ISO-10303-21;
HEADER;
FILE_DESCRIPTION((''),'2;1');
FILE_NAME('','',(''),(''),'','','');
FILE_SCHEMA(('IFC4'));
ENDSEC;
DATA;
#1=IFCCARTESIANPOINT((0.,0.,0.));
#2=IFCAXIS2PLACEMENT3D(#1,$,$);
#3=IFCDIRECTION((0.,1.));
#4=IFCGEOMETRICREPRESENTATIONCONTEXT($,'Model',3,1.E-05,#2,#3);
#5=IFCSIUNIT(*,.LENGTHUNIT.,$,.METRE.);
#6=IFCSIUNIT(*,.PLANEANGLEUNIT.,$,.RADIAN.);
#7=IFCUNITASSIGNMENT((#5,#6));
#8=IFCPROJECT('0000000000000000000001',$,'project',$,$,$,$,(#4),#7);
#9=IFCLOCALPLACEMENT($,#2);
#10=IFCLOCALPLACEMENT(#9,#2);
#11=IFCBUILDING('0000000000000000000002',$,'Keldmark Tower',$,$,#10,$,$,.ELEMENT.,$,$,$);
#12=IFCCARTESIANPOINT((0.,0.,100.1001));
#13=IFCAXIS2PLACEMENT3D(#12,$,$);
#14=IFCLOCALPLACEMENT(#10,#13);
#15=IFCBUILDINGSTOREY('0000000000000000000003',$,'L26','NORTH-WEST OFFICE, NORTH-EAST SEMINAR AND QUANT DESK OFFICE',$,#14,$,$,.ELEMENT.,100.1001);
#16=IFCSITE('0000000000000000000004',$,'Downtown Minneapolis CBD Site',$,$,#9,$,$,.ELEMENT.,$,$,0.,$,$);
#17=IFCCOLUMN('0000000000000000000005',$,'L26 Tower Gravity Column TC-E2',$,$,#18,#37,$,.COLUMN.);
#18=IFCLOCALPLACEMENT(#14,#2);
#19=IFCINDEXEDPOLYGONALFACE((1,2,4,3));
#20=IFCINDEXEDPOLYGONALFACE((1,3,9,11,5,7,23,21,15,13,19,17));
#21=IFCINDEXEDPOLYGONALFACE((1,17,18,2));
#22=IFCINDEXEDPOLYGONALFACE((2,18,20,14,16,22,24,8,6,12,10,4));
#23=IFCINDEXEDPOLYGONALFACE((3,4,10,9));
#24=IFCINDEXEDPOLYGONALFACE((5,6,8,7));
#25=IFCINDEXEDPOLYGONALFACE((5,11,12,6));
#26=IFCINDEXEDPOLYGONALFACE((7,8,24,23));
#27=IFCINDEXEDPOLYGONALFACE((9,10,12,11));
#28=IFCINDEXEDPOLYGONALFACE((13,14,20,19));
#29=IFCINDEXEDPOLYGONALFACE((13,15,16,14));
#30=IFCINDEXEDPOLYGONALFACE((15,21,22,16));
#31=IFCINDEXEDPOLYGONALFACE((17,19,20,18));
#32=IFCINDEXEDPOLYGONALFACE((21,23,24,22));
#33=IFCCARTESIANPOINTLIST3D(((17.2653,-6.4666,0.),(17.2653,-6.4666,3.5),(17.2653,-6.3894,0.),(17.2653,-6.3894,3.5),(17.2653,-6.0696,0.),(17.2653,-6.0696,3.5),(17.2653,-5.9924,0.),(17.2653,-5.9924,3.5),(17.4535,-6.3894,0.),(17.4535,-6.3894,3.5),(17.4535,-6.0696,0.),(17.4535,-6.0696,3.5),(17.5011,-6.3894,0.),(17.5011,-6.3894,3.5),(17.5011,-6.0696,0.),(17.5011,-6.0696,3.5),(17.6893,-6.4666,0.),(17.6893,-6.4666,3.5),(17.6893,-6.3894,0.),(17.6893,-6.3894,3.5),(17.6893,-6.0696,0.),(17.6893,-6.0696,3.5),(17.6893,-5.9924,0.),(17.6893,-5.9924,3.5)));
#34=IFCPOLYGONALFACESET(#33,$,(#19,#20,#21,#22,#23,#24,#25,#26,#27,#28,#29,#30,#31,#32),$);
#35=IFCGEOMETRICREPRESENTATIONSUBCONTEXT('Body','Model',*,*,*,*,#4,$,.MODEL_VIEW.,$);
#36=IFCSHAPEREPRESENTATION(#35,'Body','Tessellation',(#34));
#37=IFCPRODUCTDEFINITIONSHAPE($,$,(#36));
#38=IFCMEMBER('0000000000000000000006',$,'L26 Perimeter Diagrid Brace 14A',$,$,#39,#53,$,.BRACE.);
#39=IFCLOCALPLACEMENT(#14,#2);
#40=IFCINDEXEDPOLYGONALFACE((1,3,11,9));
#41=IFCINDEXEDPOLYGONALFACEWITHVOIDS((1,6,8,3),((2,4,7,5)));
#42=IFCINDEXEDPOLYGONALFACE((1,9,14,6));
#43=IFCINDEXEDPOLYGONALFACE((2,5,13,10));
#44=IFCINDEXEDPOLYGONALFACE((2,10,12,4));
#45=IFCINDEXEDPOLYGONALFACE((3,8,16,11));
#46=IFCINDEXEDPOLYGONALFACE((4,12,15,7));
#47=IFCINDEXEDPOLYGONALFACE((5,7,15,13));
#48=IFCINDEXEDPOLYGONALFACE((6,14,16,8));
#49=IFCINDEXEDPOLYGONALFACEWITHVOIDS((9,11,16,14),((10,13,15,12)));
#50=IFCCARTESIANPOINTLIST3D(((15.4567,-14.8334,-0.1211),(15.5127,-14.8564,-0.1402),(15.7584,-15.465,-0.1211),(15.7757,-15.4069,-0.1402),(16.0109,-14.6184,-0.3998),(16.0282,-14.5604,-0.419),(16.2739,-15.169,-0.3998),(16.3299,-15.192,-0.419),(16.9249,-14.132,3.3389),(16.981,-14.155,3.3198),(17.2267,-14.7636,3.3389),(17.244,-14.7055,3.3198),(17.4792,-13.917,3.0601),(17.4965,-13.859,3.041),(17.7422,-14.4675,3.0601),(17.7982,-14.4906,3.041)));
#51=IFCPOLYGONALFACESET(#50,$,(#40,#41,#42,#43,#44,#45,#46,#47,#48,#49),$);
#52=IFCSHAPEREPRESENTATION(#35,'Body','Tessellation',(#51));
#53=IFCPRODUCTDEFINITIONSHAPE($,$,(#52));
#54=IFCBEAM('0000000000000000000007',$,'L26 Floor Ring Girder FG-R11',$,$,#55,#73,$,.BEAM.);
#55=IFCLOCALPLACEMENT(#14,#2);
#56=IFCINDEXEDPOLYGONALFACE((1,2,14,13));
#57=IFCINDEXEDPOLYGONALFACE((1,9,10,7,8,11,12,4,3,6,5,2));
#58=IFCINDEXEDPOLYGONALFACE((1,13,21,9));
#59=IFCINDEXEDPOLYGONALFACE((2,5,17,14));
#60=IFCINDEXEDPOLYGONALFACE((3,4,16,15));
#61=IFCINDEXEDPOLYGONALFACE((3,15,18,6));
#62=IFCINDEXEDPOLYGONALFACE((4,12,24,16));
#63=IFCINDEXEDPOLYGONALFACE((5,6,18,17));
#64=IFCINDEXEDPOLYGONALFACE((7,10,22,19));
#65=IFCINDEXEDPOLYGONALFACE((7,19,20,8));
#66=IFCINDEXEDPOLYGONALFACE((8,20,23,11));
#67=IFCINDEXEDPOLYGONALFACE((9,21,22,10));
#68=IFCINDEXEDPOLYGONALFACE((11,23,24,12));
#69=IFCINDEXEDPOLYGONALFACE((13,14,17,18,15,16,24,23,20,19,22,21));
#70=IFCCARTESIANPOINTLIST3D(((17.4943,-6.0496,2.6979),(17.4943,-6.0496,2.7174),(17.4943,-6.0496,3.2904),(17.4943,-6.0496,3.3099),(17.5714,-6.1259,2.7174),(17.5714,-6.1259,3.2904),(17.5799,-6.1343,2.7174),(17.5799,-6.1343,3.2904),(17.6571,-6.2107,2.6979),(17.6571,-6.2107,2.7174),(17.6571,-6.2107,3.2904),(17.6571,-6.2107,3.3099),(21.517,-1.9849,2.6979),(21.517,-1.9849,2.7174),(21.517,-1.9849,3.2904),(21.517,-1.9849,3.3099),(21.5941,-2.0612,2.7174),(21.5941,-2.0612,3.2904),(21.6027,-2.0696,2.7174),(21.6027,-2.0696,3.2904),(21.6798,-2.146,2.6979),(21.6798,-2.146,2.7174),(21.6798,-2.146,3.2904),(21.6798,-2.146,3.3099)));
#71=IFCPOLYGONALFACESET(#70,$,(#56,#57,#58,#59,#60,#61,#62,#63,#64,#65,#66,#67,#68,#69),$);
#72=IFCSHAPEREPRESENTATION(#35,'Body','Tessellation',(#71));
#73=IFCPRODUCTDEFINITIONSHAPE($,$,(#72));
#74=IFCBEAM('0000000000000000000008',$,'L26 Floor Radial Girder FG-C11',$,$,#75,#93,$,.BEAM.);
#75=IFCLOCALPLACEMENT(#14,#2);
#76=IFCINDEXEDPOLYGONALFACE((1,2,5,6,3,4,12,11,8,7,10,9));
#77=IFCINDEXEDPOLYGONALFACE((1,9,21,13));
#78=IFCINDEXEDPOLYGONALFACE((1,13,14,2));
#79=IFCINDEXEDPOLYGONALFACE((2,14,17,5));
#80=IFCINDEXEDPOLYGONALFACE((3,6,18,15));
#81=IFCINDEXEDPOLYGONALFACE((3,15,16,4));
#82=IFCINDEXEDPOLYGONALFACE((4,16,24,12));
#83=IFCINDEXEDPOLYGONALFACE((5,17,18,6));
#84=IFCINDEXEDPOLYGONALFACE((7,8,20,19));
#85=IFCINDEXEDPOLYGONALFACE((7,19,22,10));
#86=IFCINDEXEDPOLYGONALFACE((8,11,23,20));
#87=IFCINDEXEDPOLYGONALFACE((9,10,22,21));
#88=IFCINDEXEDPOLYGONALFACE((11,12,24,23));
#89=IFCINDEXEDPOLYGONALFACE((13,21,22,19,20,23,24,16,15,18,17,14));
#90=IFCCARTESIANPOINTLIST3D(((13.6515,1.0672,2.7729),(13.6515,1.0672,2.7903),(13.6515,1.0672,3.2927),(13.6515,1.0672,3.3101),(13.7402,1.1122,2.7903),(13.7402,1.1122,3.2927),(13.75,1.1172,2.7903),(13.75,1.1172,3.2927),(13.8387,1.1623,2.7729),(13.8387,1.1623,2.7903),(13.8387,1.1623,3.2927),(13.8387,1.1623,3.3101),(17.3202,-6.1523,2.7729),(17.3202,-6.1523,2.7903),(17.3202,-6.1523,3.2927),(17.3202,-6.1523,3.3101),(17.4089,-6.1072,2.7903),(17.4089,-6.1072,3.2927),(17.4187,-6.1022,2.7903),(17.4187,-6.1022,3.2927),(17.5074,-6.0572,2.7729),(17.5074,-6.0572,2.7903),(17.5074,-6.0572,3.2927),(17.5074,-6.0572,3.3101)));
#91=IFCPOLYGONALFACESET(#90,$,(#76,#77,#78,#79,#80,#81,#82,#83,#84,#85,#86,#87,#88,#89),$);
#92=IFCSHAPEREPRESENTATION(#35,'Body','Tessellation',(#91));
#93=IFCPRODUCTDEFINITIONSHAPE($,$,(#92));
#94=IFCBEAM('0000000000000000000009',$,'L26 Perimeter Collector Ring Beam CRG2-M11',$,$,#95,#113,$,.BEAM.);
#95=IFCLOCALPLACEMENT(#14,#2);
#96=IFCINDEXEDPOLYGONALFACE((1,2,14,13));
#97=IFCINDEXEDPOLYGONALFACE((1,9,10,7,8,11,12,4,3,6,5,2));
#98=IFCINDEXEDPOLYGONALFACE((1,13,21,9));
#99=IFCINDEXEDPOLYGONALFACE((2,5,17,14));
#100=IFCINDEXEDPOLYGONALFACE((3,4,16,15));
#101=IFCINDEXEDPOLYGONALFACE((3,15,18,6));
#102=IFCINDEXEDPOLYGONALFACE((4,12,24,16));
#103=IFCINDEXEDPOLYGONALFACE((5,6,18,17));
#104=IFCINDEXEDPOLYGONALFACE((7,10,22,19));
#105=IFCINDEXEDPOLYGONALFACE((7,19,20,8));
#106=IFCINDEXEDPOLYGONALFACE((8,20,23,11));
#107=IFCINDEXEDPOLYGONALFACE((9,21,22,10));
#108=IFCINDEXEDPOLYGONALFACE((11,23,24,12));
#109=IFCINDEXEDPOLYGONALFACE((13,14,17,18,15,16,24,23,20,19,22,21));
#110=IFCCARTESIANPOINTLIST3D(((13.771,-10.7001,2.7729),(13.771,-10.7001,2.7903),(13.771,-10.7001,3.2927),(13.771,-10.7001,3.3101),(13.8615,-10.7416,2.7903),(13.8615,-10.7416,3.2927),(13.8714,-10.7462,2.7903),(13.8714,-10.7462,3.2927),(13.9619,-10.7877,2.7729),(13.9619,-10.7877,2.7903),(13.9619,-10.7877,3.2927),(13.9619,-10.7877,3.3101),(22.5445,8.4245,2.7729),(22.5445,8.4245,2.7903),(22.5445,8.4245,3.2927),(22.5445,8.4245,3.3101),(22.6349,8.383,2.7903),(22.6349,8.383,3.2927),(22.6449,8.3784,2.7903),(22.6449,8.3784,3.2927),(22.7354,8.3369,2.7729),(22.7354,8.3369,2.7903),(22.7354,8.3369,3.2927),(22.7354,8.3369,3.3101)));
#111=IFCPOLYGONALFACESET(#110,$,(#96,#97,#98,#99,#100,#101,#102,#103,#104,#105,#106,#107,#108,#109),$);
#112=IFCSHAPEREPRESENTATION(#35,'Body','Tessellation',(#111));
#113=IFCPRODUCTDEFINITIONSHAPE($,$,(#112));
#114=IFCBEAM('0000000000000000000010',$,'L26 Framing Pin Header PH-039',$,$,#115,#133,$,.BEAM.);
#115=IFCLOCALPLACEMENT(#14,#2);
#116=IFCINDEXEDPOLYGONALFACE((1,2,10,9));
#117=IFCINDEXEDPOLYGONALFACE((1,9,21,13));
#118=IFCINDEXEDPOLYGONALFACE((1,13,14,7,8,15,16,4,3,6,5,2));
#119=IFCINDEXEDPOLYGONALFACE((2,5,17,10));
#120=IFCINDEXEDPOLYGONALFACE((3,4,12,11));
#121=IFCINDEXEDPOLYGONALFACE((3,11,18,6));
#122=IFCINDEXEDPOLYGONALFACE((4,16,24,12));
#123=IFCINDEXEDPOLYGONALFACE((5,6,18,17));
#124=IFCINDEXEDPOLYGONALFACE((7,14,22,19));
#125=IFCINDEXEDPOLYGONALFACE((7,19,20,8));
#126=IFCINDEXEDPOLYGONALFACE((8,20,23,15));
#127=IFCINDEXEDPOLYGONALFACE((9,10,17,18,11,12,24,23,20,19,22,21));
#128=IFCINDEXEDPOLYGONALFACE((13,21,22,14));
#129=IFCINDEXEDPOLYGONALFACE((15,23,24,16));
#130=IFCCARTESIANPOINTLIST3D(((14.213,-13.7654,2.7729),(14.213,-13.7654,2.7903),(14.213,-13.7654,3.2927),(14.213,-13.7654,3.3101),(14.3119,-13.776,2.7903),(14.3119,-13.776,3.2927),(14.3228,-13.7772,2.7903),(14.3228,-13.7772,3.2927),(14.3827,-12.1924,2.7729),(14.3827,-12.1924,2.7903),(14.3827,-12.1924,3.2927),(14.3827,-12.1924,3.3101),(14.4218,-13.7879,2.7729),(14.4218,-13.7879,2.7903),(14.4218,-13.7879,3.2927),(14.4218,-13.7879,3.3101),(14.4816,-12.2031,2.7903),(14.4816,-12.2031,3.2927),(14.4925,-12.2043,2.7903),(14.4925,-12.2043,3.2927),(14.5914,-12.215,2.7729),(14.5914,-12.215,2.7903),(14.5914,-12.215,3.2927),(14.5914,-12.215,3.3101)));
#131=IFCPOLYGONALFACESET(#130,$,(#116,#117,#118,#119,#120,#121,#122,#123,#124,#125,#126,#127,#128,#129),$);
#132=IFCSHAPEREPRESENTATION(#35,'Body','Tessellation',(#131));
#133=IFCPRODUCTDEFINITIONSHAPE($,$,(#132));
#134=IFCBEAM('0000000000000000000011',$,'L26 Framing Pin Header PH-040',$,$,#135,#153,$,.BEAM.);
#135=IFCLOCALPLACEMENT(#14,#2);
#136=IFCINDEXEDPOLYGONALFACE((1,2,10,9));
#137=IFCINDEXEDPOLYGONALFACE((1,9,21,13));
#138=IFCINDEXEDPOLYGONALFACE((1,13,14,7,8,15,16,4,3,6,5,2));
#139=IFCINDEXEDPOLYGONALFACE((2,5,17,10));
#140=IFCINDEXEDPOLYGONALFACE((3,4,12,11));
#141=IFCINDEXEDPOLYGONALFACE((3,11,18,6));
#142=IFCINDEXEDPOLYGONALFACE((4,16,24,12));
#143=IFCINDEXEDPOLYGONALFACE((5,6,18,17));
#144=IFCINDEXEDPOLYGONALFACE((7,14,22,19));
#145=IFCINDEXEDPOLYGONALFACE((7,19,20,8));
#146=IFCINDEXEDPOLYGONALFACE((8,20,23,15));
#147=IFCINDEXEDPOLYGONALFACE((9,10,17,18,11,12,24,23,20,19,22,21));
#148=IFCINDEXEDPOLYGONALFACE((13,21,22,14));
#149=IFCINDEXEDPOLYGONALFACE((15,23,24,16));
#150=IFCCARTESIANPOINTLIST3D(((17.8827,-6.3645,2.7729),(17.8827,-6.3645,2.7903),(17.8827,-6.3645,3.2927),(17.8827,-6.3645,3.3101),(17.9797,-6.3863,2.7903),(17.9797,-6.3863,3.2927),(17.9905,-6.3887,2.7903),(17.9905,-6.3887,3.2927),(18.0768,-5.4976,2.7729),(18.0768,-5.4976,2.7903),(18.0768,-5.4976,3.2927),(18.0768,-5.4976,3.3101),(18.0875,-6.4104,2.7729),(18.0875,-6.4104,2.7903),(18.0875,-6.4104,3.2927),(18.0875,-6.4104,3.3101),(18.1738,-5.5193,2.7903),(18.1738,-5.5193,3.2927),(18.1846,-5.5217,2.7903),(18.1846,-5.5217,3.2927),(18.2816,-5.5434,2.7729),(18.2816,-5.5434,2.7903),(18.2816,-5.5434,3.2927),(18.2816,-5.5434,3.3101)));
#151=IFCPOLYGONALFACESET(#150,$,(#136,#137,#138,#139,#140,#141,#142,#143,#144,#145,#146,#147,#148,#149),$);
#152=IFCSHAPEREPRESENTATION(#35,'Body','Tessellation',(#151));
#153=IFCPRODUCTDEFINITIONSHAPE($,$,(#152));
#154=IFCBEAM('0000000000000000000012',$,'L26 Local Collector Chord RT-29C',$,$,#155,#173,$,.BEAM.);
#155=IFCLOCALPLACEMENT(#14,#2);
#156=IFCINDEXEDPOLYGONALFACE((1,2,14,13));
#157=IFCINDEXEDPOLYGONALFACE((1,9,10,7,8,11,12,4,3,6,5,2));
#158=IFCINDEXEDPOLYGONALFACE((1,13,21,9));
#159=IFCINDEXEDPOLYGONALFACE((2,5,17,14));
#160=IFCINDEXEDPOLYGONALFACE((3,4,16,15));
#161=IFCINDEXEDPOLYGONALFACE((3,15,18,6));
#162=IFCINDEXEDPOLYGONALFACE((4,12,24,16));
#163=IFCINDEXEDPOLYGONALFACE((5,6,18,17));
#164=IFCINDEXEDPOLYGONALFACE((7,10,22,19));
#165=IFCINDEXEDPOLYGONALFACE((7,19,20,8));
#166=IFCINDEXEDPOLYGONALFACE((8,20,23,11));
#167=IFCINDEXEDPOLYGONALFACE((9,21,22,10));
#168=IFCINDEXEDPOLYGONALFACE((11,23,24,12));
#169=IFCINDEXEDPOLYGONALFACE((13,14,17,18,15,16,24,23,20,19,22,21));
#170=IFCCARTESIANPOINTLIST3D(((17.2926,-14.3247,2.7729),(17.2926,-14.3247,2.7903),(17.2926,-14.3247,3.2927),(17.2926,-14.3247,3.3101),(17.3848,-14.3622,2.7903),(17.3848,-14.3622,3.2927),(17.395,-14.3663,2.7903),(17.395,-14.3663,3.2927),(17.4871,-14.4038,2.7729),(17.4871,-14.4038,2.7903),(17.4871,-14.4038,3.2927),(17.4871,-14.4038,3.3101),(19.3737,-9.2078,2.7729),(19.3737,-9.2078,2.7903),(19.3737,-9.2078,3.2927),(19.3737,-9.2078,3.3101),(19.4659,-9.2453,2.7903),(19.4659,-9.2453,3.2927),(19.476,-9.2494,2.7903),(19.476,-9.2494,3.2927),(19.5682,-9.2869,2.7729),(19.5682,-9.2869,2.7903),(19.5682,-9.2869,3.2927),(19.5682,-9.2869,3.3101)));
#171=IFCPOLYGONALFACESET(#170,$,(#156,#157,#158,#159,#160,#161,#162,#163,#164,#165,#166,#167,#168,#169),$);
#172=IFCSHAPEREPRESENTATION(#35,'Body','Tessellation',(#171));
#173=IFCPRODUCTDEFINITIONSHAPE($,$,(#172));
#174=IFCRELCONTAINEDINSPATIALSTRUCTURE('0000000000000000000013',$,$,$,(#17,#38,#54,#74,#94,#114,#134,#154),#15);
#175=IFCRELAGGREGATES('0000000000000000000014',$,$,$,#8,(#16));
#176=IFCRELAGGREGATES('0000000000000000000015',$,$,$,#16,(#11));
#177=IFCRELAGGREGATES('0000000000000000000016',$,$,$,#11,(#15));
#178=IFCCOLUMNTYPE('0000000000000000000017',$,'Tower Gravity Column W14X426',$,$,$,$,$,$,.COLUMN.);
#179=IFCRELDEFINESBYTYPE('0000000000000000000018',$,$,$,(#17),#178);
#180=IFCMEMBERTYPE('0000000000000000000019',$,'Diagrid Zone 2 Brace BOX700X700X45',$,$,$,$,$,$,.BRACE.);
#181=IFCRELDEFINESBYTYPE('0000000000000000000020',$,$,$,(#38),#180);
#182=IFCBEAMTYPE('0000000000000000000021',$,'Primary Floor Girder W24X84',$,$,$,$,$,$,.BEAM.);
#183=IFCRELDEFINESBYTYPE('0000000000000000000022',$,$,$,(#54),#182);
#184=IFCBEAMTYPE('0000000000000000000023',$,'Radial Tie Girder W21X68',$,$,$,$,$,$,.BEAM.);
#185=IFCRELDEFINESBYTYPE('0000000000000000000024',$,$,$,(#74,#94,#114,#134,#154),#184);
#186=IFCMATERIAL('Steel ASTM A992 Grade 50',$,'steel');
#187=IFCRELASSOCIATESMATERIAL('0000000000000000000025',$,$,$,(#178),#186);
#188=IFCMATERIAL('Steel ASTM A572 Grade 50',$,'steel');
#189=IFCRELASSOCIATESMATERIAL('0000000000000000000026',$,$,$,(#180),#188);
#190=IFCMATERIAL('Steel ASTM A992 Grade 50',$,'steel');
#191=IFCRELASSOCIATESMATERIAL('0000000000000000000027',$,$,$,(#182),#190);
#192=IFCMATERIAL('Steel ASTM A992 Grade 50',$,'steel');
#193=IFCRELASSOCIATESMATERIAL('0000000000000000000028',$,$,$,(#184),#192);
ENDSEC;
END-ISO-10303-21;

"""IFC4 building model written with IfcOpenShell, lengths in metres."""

from ifc_helpers import new_model, si_unit, direction, frame, origin, origin_2d, place, context, subcontext, project, spatial, hollow_rectangle, i_section, extrude, material, material_profile, profile_set, type_object, element, save


model = new_model("IFC4")

# Units and contexts
model_context = context("Model", 3, precision=1e-05, world=origin(), true_north=direction((0.0, 1.0)))
body_context = subcontext(model_context, "Body", "Model", "MODEL_VIEW")
ifc_project = project(units=[si_unit("LENGTHUNIT", "METRE"), si_unit("PLANEANGLEUNIT", "RADIAN")], contexts=[model_context])

# Site, building, storey
site_placement = place(None, origin())
site = spatial("IfcSite", under=ifc_project, at=site_placement, Name="Downtown Minneapolis CBD Site", CompositionType="ELEMENT", RefElevation=0.0)
building_placement = place(site_placement, origin())
building = spatial("IfcBuilding", under=site, at=building_placement, Name="Keldmark Tower", CompositionType="ELEMENT")
storey_placement = place(building_placement, frame((0.0, 0.0, 100.1001)))
storey = spatial("IfcBuildingStorey", under=building, at=storey_placement, Name="L26", Description="NORTH-WEST OFFICE, NORTH-EAST SEMINAR AND QUANT DESK OFFICE", CompositionType="ELEMENT", Elevation=100.1001)

# Column
ifc_material_1 = material(Name="Steel ASTM A992 Grade 50", Category="steel")
ifc_material_profile_1 = material_profile(ifc_material_1, i_section(OverallWidth=0.4241, OverallDepth=0.4741, WebThickness=0.0476, FlangeThickness=0.0771, at=origin_2d()), Name="W14X426")
ifc_profile_set_1 = profile_set([ifc_material_profile_1], Name="Steel ASTM A992 Grade 50")
column_type = type_object("IfcColumnType", Name="Tower Gravity Column W14X426", PredefinedType="COLUMN", material=ifc_profile_set_1)
column_placement = place(storey_placement, frame((17.4773, -6.2295, 0.0), z_axis=(0.0, 0.0, 1.0), x_axis=(1.0, 0.0, 0.0)))
element("IfcColumn", 1, at=column_placement, inside=storey, type_object=column_type, Name="L26 Tower Gravity Column TC-E2", PredefinedType="COLUMN", context=body_context, shape_type="SweptSolid", body=[
    extrude(i_section(OverallWidth=0.4241, OverallDepth=0.4741, WebThickness=0.0476, FlangeThickness=0.0771, at=origin_2d()), origin(), (0.0, 0.0, 1.0), 3.5),
])

# Member
ifc_material_2 = material(Name="Steel ASTM A572 Grade 50", Category="steel")
ifc_material_profile_2 = material_profile(ifc_material_2, hollow_rectangle(XDim=0.7, YDim=0.7, WallThickness=0.0449, at=origin_2d()), Name="BOX700X700X45")
ifc_profile_set_2 = profile_set([ifc_material_profile_2], Name="Steel ASTM A572 Grade 50")
member_type = type_object("IfcMemberType", Name="Diagrid Zone 2 Brace BOX700X700X45", PredefinedType="BRACE", material=ifc_profile_set_2)
member_placement = place(storey_placement, frame((15.8933, -15.0127, -0.27), z_axis=(0.38401, 0.183449, 0.904921), x_axis=(-0.431057, 0.902325, 0.0)))
element("IfcMember", 2, at=member_placement, inside=storey, type_object=member_type, Name="L26 Perimeter Diagrid Brace 14A", PredefinedType="BRACE", context=body_context, shape_type="SweptSolid", body=[
    extrude(hollow_rectangle(XDim=0.7, YDim=0.7, WallThickness=0.0449, at=origin_2d()), origin(), (0.0, 0.0, 1.0), 3.8235),
])

# Beams
ifc_material_3 = material(Name="Steel ASTM A992 Grade 50", Category="steel")
ifc_material_profile_3 = material_profile(ifc_material_3, i_section(OverallWidth=0.229, OverallDepth=0.6121, WebThickness=0.012, FlangeThickness=0.0195, at=origin_2d()), Name="W24X84")
ifc_profile_set_3 = profile_set([ifc_material_profile_3], Name="Steel ASTM A992 Grade 50")
beam_type_1 = type_object("IfcBeamType", Name="Primary Floor Girder W24X84", PredefinedType="BEAM", material=ifc_profile_set_3)
beam_1_placement = place(storey_placement, frame((17.5757, -6.1301, 3.0039), z_axis=(0.703426, 0.710769, 0.0), x_axis=(-0.710769, 0.703426, 0.0)))
element("IfcBeam", 3, at=beam_1_placement, inside=storey, type_object=beam_type_1, Name="L26 Floor Ring Girder FG-R11", PredefinedType="BEAM", context=body_context, shape_type="SweptSolid", body=[
    extrude(i_section(OverallWidth=0.229, OverallDepth=0.6121, WebThickness=0.012, FlangeThickness=0.0195, at=origin_2d()), origin(), (0.0, 0.0, 1.0), 5.7188),
])
ifc_material_4 = material(Name="Steel ASTM A992 Grade 50", Category="steel")
ifc_material_profile_4 = material_profile(ifc_material_4, i_section(OverallWidth=0.21, OverallDepth=0.5371, WebThickness=0.011, FlangeThickness=0.0173, at=origin_2d()), Name="W21X68")
ifc_profile_set_4 = profile_set([ifc_material_profile_4], Name="Steel ASTM A992 Grade 50")
beam_type_2 = type_object("IfcBeamType", Name="Radial Tie Girder W21X68", PredefinedType="BEAM", material=ifc_profile_set_4)
beam_2_placement = place(storey_placement, frame((17.4138, -6.1047, 3.0415), z_axis=(-0.453029, 0.891496, 0.0), x_axis=(-0.891496, -0.453029, 0.0)))
element("IfcBeam", 4, at=beam_2_placement, inside=storey, type_object=beam_type_2, Name="L26 Floor Radial Girder FG-C11", PredefinedType="BEAM", context=body_context, shape_type="SweptSolid", body=[
    extrude(i_section(OverallWidth=0.21, OverallDepth=0.5371, WebThickness=0.011, FlangeThickness=0.0173, at=origin_2d()), origin(), (0.0, 0.0, 1.0), 8.0981),
])
beam_3_placement = place(storey_placement, frame((13.8665, -10.7439, 3.0415), z_axis=(0.41697, 0.90892, 0.0), x_axis=(-0.90892, 0.41697, 0.0)))
element("IfcBeam", 5, at=beam_3_placement, inside=storey, type_object=beam_type_2, Name="L26 Perimeter Collector Ring Beam CRG2-M11", PredefinedType="BEAM", context=body_context, shape_type="SweptSolid", body=[
    extrude(i_section(OverallWidth=0.21, OverallDepth=0.5371, WebThickness=0.011, FlangeThickness=0.0173, at=origin_2d()), origin(), (0.0, 0.0, 1.0), 21.041),
])
beam_4_placement = place(storey_placement, frame((14.3174, -13.7766, 3.0415), z_axis=(0.107247, 0.994232, 0.0), x_axis=(-0.994232, 0.107247, 0.0)))
element("IfcBeam", 6, at=beam_4_placement, inside=storey, type_object=beam_type_2, Name="L26 Framing Pin Header PH-039", PredefinedType="BEAM", context=body_context, shape_type="SweptSolid", body=[
    extrude(i_section(OverallWidth=0.21, OverallDepth=0.5371, WebThickness=0.011, FlangeThickness=0.0173, at=origin_2d()), origin(), (0.0, 0.0, 1.0), 1.582),
])
beam_5_placement = place(storey_placement, frame((18.1792, -5.5205, 3.0415), z_axis=(-0.218472, -0.975843, 0.0), x_axis=(0.975843, -0.218472, 0.0)))
element("IfcBeam", 7, at=beam_5_placement, inside=storey, type_object=beam_type_2, Name="L26 Framing Pin Header PH-040", PredefinedType="BEAM", context=body_context, shape_type="SweptSolid", body=[
    extrude(i_section(OverallWidth=0.21, OverallDepth=0.5371, WebThickness=0.011, FlangeThickness=0.0173, at=origin_2d()), origin(), (0.0, 0.0, 1.0), 0.8884),
])
beam_6_placement = place(storey_placement, frame((17.3899, -14.3643, 3.0415), z_axis=(0.376734, 0.926322, 0.0), x_axis=(-0.926322, 0.376734, 0.0)))
element("IfcBeam", 8, at=beam_6_placement, inside=storey, type_object=beam_type_2, Name="L26 Local Collector Chord RT-29C", PredefinedType="BEAM", context=body_context, shape_type="SweptSolid", body=[
    extrude(i_section(OverallWidth=0.21, OverallDepth=0.5371, WebThickness=0.011, FlangeThickness=0.0173, at=origin_2d()), origin(), (0.0, 0.0, 1.0), 5.5239),
])

save(model, "model.ifc")
